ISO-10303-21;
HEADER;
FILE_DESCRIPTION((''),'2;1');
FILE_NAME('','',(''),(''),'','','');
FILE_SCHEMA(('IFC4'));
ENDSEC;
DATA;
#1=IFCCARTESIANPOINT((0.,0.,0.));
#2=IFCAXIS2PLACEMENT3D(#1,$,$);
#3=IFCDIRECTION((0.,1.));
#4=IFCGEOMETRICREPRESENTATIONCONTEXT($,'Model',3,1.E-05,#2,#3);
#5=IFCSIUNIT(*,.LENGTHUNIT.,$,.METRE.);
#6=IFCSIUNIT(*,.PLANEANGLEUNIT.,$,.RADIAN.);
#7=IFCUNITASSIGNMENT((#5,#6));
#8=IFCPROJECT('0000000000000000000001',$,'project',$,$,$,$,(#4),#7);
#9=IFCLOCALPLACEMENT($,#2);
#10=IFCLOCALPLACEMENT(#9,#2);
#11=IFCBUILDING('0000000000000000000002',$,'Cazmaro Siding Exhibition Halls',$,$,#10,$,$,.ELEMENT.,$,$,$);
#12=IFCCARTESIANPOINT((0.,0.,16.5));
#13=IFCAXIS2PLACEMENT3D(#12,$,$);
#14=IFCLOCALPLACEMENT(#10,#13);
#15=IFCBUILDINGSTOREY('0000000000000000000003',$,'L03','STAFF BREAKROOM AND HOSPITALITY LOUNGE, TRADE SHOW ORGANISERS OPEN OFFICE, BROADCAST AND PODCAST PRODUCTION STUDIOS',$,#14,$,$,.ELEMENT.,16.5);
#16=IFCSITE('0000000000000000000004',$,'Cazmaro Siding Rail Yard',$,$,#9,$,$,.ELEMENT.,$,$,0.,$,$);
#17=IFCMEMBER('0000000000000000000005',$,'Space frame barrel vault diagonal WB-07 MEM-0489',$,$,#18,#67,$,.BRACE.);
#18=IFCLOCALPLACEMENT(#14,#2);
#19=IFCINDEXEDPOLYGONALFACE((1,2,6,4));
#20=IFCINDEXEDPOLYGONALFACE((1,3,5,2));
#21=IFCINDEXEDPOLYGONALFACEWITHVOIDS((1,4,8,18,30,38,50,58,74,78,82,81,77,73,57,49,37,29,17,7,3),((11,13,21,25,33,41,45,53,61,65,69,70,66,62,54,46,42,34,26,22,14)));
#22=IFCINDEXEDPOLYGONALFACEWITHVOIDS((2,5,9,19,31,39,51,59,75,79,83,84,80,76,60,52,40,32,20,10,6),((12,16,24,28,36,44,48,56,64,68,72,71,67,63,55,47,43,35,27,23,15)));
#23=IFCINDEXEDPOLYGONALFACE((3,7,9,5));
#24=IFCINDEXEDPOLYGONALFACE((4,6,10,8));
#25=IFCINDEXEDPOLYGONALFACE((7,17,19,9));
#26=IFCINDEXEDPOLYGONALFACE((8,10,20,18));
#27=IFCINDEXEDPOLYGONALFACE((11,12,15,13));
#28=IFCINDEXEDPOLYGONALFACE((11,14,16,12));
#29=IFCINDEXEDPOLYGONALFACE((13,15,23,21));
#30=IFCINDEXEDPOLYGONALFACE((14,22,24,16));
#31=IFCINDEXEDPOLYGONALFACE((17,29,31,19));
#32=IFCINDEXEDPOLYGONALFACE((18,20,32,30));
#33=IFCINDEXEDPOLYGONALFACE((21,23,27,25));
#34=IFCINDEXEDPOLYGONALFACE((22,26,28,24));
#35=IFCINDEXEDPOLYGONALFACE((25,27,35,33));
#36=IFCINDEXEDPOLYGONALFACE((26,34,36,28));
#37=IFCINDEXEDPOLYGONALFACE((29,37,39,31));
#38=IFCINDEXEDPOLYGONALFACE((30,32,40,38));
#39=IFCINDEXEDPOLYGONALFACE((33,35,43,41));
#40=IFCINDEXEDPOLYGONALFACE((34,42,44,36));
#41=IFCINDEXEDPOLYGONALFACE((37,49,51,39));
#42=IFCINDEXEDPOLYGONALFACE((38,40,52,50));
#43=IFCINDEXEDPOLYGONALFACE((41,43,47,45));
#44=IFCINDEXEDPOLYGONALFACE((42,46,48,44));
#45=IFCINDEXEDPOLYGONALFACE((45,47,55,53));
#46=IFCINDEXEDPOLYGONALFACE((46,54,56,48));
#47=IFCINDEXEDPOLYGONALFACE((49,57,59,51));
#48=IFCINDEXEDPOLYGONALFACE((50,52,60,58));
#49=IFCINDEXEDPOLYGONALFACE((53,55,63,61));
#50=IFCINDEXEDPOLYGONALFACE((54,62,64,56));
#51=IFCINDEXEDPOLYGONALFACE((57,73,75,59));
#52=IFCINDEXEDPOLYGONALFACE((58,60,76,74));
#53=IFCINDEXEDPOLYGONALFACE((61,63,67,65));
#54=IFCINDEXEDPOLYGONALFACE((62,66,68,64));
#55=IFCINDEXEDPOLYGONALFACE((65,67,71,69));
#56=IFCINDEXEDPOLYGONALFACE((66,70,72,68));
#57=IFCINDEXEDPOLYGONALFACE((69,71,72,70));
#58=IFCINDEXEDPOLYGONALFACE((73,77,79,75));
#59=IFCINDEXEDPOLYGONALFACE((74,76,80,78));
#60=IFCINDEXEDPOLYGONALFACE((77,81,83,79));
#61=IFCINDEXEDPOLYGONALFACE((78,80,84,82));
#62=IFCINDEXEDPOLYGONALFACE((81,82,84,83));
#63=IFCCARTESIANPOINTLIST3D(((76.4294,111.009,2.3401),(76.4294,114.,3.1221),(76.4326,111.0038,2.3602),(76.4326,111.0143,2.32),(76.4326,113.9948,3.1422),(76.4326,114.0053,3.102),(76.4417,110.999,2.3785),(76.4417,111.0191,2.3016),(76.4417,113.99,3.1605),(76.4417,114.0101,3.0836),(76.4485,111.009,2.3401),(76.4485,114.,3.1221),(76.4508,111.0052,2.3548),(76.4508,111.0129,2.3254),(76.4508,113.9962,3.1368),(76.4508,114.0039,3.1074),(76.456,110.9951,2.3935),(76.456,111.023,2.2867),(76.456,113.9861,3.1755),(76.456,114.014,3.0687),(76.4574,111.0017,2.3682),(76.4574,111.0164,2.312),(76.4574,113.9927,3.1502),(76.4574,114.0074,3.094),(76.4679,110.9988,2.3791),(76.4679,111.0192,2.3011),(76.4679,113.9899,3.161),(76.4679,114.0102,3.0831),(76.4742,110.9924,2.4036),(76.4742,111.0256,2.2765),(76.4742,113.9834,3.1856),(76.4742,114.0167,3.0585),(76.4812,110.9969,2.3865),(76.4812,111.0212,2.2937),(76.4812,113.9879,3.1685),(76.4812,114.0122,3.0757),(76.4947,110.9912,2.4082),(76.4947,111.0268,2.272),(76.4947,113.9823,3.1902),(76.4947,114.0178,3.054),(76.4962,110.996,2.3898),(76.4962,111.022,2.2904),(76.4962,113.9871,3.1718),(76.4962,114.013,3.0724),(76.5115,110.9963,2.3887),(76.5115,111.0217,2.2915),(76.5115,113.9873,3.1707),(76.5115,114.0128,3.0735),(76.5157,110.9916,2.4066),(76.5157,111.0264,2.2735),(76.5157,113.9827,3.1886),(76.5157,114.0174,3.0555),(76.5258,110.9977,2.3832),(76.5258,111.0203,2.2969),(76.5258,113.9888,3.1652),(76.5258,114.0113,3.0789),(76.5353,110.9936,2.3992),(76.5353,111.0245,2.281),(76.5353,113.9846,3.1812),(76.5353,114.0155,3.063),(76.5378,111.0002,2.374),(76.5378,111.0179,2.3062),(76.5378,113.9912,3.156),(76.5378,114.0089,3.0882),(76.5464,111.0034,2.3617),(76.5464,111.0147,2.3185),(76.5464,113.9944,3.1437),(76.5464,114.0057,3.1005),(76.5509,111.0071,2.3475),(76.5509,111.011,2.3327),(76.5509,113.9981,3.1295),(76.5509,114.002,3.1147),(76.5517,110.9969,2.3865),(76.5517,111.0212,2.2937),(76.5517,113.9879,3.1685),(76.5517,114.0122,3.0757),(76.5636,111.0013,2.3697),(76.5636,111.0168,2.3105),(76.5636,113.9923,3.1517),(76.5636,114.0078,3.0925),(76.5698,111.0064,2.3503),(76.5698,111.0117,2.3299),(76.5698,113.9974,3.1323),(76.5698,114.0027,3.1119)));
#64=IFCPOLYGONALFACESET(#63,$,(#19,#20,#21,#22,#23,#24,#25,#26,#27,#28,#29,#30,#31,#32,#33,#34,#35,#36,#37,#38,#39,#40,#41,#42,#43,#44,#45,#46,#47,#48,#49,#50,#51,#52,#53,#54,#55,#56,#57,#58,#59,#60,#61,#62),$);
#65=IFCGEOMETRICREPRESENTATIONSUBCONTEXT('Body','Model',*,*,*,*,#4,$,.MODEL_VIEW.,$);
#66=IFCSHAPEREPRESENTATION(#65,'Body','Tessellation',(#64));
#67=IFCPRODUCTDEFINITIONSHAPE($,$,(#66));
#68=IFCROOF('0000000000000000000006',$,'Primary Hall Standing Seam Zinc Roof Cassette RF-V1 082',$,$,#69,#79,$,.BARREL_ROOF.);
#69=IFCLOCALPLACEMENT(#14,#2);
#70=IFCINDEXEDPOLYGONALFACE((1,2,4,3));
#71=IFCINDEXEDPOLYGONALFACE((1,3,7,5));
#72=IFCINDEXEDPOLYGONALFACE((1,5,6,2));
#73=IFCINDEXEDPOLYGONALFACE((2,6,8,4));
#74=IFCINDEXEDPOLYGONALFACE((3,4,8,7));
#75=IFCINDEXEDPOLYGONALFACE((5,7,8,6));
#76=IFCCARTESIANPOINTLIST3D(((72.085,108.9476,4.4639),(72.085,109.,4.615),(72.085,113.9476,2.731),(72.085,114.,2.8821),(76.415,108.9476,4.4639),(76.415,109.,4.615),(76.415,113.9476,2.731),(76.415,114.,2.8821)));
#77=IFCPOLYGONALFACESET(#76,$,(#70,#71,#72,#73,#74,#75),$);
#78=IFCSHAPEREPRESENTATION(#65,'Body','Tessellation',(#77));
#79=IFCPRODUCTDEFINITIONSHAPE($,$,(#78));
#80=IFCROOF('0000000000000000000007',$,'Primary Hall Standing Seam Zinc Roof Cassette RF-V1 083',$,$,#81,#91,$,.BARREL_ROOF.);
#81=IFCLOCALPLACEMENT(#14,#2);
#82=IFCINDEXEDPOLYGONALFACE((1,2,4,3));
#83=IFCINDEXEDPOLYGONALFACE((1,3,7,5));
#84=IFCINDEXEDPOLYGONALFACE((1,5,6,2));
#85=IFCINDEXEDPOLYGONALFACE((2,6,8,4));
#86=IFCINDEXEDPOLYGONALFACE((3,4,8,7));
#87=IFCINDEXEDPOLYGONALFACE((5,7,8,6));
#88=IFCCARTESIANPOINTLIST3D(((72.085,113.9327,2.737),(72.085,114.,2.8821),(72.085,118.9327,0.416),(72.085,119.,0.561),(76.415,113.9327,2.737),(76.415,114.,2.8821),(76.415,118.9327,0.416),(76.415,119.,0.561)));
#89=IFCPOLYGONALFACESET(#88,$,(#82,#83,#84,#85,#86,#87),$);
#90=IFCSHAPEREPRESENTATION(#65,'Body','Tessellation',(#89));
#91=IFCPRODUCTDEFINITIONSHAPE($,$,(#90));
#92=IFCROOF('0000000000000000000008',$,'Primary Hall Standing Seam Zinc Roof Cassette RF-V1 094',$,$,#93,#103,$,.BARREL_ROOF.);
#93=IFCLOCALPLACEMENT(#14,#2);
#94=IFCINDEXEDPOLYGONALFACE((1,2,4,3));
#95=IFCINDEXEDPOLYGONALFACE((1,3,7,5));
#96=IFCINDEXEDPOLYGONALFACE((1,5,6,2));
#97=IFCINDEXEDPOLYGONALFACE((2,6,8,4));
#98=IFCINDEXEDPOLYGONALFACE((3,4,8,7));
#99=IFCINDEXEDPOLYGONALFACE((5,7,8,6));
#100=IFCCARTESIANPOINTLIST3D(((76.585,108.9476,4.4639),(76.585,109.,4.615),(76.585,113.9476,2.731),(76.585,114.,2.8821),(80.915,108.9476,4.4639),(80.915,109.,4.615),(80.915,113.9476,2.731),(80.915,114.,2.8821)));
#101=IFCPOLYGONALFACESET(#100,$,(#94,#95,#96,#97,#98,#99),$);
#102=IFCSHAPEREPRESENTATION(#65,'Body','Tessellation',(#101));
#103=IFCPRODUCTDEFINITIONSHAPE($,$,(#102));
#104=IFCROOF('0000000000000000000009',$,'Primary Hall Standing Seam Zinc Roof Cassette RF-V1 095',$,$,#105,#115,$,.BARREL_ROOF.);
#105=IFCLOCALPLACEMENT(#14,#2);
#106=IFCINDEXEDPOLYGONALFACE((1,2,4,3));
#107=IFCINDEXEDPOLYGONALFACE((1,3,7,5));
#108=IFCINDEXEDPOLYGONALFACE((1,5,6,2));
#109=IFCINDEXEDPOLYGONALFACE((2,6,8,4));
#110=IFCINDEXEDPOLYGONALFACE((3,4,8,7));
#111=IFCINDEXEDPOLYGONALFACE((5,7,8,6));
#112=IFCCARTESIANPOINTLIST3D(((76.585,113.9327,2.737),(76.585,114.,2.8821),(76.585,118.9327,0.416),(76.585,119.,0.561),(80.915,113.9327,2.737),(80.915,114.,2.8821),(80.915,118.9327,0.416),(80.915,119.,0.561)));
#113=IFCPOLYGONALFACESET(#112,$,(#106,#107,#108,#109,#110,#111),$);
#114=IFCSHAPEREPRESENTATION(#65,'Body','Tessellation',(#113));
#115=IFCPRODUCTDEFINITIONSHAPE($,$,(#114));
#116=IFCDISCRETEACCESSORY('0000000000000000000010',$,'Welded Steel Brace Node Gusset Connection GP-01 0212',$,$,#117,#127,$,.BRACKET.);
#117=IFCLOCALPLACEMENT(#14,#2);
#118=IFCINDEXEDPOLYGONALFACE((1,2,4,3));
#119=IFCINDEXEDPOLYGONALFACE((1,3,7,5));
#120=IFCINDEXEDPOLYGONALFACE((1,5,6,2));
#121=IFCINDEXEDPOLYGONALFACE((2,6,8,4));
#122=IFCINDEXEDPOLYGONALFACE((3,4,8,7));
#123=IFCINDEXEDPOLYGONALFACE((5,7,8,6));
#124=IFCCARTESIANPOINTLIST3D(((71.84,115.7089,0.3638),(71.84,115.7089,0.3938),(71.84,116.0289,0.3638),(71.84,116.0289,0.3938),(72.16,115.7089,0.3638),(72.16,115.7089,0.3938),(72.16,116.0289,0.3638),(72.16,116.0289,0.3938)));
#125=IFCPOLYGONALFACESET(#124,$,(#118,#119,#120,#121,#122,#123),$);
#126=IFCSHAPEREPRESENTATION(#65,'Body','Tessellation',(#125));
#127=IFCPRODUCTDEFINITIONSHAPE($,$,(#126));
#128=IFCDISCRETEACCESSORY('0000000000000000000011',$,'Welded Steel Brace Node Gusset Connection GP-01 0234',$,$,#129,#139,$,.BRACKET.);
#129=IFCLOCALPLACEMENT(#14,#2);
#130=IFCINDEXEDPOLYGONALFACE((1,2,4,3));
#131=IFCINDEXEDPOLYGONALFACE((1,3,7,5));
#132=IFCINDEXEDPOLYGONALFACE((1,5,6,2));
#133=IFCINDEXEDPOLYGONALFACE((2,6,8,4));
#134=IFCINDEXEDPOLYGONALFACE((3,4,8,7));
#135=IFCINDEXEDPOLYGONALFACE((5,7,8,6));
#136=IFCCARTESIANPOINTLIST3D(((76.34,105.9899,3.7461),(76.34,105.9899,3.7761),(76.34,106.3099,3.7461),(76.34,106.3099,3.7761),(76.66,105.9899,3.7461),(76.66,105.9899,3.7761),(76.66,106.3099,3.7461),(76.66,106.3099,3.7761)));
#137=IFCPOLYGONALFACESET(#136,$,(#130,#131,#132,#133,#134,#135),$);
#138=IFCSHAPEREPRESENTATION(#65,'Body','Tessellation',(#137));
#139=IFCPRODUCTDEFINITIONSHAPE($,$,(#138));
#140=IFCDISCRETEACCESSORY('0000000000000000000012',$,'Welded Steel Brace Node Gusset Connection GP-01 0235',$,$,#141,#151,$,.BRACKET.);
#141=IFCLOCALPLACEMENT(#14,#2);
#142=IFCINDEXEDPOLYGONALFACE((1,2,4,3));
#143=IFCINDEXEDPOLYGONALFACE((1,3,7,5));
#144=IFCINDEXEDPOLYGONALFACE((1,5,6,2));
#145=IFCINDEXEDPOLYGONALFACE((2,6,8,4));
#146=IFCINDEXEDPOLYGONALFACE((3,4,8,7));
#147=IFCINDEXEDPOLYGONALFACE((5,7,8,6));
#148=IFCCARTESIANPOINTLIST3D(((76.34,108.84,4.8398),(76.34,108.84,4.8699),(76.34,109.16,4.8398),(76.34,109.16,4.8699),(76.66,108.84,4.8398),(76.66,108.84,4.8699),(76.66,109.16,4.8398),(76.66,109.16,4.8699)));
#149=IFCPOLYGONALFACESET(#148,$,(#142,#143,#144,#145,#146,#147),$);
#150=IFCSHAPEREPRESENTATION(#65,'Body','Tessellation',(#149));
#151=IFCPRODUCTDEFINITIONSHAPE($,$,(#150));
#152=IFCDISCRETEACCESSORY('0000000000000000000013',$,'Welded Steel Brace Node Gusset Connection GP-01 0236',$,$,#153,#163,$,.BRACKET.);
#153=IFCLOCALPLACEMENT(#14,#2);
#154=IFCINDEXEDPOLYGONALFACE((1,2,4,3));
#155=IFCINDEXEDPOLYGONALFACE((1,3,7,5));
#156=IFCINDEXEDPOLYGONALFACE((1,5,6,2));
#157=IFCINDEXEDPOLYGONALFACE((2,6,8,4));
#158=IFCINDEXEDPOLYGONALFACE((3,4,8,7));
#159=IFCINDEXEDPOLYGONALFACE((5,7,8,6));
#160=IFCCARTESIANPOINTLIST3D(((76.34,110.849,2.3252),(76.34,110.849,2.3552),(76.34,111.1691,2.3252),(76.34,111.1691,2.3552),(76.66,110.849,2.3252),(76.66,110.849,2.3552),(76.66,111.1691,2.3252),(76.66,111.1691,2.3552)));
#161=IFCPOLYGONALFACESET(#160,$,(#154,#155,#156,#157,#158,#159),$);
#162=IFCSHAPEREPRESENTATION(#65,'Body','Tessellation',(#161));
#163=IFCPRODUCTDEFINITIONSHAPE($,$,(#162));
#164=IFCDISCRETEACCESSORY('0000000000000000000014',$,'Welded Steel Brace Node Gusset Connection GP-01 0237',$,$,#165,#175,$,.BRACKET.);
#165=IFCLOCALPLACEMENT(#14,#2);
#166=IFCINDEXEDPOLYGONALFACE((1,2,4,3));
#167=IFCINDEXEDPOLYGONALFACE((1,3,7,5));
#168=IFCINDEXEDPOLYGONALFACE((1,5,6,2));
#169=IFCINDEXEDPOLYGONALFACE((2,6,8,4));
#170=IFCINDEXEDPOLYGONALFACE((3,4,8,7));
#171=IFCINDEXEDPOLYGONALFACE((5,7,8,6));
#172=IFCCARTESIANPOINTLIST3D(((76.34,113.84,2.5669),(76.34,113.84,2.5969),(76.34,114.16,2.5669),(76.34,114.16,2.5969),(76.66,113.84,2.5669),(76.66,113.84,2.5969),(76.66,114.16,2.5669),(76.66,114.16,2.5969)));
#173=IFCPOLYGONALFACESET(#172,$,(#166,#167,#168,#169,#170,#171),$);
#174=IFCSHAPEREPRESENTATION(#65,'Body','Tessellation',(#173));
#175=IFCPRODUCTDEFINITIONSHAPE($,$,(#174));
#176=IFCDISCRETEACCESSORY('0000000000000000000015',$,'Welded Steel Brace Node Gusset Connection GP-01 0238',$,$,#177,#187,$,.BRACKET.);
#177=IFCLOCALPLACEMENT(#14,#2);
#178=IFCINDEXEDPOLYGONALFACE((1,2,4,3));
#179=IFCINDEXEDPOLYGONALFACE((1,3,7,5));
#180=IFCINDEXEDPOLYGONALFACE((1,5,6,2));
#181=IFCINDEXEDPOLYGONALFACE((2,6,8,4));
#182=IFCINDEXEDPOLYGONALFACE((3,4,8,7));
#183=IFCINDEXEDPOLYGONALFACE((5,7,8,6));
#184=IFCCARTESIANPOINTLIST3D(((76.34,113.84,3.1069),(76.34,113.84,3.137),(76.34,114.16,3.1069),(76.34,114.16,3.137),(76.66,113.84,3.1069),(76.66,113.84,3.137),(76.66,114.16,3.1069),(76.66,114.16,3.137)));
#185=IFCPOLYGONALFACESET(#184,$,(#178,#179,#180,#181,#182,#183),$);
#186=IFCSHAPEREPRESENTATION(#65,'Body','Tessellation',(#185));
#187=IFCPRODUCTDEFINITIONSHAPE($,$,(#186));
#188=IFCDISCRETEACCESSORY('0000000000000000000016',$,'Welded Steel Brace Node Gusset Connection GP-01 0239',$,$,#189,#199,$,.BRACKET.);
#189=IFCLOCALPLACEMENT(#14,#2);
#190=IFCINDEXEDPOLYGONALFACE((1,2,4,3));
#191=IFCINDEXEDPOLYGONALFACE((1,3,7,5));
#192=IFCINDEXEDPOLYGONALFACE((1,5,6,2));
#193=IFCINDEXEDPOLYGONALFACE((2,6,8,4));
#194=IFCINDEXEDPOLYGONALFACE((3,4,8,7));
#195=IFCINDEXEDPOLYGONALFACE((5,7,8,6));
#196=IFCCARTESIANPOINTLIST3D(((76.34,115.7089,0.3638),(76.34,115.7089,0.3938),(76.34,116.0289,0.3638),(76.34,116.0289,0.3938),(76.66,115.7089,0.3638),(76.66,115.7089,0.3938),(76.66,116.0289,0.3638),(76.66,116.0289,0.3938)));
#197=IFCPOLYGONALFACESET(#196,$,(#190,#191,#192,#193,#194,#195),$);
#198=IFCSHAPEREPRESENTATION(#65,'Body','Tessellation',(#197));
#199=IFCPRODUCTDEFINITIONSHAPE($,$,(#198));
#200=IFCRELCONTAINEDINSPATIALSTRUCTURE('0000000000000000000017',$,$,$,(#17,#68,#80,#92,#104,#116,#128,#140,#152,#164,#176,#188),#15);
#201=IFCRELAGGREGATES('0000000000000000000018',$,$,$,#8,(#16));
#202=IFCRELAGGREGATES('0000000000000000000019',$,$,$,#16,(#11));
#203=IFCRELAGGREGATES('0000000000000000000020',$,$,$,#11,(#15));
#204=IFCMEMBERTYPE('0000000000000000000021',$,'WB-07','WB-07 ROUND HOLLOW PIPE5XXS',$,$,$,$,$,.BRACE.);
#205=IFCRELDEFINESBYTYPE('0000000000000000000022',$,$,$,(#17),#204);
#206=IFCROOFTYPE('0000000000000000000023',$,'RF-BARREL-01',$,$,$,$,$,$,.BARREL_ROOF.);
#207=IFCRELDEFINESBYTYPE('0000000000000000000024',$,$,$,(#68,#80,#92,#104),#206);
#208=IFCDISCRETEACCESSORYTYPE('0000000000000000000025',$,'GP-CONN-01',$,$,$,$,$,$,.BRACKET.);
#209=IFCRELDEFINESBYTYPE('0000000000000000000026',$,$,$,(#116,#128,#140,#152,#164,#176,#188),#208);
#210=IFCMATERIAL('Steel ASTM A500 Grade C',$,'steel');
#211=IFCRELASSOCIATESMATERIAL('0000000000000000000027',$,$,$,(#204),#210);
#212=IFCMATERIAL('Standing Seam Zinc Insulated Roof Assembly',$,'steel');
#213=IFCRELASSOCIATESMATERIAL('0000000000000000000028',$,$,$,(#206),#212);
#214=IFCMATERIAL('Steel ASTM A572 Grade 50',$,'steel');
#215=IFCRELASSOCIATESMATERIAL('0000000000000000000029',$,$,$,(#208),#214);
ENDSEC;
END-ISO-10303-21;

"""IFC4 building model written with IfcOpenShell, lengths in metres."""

from ifc_helpers import new_model, si_unit, direction, frame, origin, origin_2d, place, context, subcontext, project, spatial, polyline, rectangle, hollow_circle, outline, extrude, material, material_profile, profile_set, type_object, element, save


model = new_model("IFC4")

# Units and contexts
model_context = context("Model", 3, precision=1e-05, world=origin(), true_north=direction((0.0, 1.0)))
body_context = subcontext(model_context, "Body", "Model", "MODEL_VIEW")
ifc_project = project(units=[si_unit("LENGTHUNIT", "METRE"), si_unit("PLANEANGLEUNIT", "RADIAN")], contexts=[model_context])

# Site, building, storey
site_placement = place(None, origin())
site = spatial("IfcSite", under=ifc_project, at=site_placement, Name="Cazmaro Siding Rail Yard", CompositionType="ELEMENT", RefElevation=0.0)
building_placement = place(site_placement, origin())
building = spatial("IfcBuilding", under=site, at=building_placement, Name="Cazmaro Siding Exhibition Halls", CompositionType="ELEMENT")
storey_placement = place(building_placement, frame((0.0, 0.0, 16.5)))
storey = spatial("IfcBuildingStorey", under=building, at=storey_placement, Name="L03", Description="STAFF BREAKROOM AND HOSPITALITY LOUNGE, TRADE SHOW ORGANISERS OPEN OFFICE, BROADCAST AND PODCAST PRODUCTION STUDIOS", CompositionType="ELEMENT", Elevation=16.5)

# Member
ifc_material_1 = material(Name="Steel ASTM A500 Grade C", Category="steel")
ifc_material_profile_1 = material_profile(ifc_material_1, hollow_circle(Radius=0.0706, WallThickness=0.019, at=origin_2d()), Name="PIPE5XXS")
ifc_profile_set_1 = profile_set([ifc_material_profile_1], Name="Steel ASTM A500 Grade C")
member_type_1 = type_object("IfcMemberType", Name="WB-07", Description="WB-07 ROUND HOLLOW PIPE5XXS", PredefinedType="BRACE", material=ifc_profile_set_1)
member_1_placement = place(storey_placement, frame((76.5, 111.009, 2.3401), z_axis=(0.0, 0.96748, 0.252946), x_axis=(-1.0, 0.0, 0.0)))
element("IfcMember", 1, at=member_1_placement, inside=storey, type_object=member_type_1, Name="Space frame barrel vault diagonal WB-07 MEM-0489", PredefinedType="BRACE", context=body_context, shape_type="SweptSolid", body=[
    extrude(hollow_circle(Radius=0.0706, WallThickness=0.019, at=origin_2d()), origin(), (0.0, 0.0, 1.0), 3.0916),
])

# Roofs
ifc_material_2 = material(Name="Standing Seam Zinc Insulated Roof Assembly", Category="steel")
roof_type = type_object("IfcRoofType", Name="RF-BARREL-01", PredefinedType="BARREL_ROOF", material=ifc_material_2)
roof_1_placement = place(storey_placement, frame((72.085, 109.0, 4.615), z_axis=(0.0, 0.327472, 0.944861), x_axis=(1.0, 0.0, 0.0)))
element("IfcRoof", 2, at=roof_1_placement, inside=storey, type_object=roof_type, Name="Primary Hall Standing Seam Zinc Roof Cassette RF-V1 082", PredefinedType="BARREL_ROOF", context=body_context, shape_type="SweptSolid", body=[
    extrude(outline(polyline([(0.0, 0.0), (4.3301, 0.0), (4.3301, 5.2918), (0.0, 5.2918), (0.0, 0.0)])), origin(), (0.0, 0.0, -1.0), 0.1599),
])
roof_2_placement = place(storey_placement, frame((72.085, 114.0, 2.8821), z_axis=(0.0, 0.421054, 0.907036), x_axis=(1.0, 0.0, 0.0)))
element("IfcRoof", 3, at=roof_2_placement, inside=storey, type_object=roof_type, Name="Primary Hall Standing Seam Zinc Roof Cassette RF-V1 083", PredefinedType="BARREL_ROOF", context=body_context, shape_type="SweptSolid", body=[
    extrude(outline(polyline([(0.0, 0.0), (4.3301, 0.0), (4.3301, 5.5125), (0.0, 5.5125), (0.0, 0.0)])), origin(), (0.0, 0.0, -1.0), 0.1599),
])
roof_3_placement = place(storey_placement, frame((76.585, 109.0, 4.615), z_axis=(0.0, 0.327472, 0.944861), x_axis=(1.0, 0.0, 0.0)))
element("IfcRoof", 4, at=roof_3_placement, inside=storey, type_object=roof_type, Name="Primary Hall Standing Seam Zinc Roof Cassette RF-V1 094", PredefinedType="BARREL_ROOF", context=body_context, shape_type="SweptSolid", body=[
    extrude(outline(polyline([(0.0, 0.0), (4.3301, 0.0), (4.3301, 5.2918), (0.0, 5.2918), (0.0, 0.0)])), origin(), (0.0, 0.0, -1.0), 0.1599),
])
roof_4_placement = place(storey_placement, frame((76.585, 114.0, 2.8821), z_axis=(0.0, 0.421054, 0.907036), x_axis=(1.0, 0.0, 0.0)))
element("IfcRoof", 5, at=roof_4_placement, inside=storey, type_object=roof_type, Name="Primary Hall Standing Seam Zinc Roof Cassette RF-V1 095", PredefinedType="BARREL_ROOF", context=body_context, shape_type="SweptSolid", body=[
    extrude(outline(polyline([(0.0, 0.0), (4.3301, 0.0), (4.3301, 5.5125), (0.0, 5.5125), (0.0, 0.0)])), origin(), (0.0, 0.0, -1.0), 0.1599),
])

# Discrete accessories
ifc_material_3 = material(Name="Steel ASTM A572 Grade 50", Category="steel")
discrete_accessory_type = type_object("IfcDiscreteAccessoryType", Name="GP-CONN-01", PredefinedType="BRACKET", material=ifc_material_3)
for number, where, z_axis, x_axis, name in (
    (6, (72.0, 115.8689, 0.3638), (0.0, 0.0, 1.0), (1.0, 0.0, 0.0), "Welded Steel Brace Node Gusset Connection GP-01 0212"),
    (7, (76.5, 106.1499, 3.7461), (0.0, 0.0, 1.0), (1.0, 0.0, 0.0), "Welded Steel Brace Node Gusset Connection GP-01 0234"),
    (8, (76.5, 109.0, 4.8398), (0.0, 0.0, 1.0), (1.0, 0.0, 0.0), "Welded Steel Brace Node Gusset Connection GP-01 0235"),
    (9, (76.5, 111.009, 2.3252), (0.0, 0.0, 1.0), (1.0, 0.0, 0.0), "Welded Steel Brace Node Gusset Connection GP-01 0236"),
    (10, (76.5, 114.0, 2.5669), (0.0, 0.0, 1.0), (1.0, 0.0, 0.0), "Welded Steel Brace Node Gusset Connection GP-01 0237"),
    (11, (76.5, 114.0, 3.1069), (0.0, 0.0, 1.0), (1.0, 0.0, 0.0), "Welded Steel Brace Node Gusset Connection GP-01 0238"),
    (12, (76.5, 115.8689, 0.3638), (0.0, 0.0, 1.0), (1.0, 0.0, 0.0), "Welded Steel Brace Node Gusset Connection GP-01 0239"),
):
    element("IfcDiscreteAccessory", number, at=place(storey_placement, frame(where, z_axis=z_axis, x_axis=x_axis)), inside=storey, type_object=discrete_accessory_type, Name=name, PredefinedType="BRACKET", context=body_context, shape_type="SweptSolid", body=[
        extrude(rectangle(XDim=0.3201, YDim=0.3201, at=origin_2d()), origin(), (0.0, 0.0, 1.0), 0.03),
    ])

save(model, "model.ifc")
